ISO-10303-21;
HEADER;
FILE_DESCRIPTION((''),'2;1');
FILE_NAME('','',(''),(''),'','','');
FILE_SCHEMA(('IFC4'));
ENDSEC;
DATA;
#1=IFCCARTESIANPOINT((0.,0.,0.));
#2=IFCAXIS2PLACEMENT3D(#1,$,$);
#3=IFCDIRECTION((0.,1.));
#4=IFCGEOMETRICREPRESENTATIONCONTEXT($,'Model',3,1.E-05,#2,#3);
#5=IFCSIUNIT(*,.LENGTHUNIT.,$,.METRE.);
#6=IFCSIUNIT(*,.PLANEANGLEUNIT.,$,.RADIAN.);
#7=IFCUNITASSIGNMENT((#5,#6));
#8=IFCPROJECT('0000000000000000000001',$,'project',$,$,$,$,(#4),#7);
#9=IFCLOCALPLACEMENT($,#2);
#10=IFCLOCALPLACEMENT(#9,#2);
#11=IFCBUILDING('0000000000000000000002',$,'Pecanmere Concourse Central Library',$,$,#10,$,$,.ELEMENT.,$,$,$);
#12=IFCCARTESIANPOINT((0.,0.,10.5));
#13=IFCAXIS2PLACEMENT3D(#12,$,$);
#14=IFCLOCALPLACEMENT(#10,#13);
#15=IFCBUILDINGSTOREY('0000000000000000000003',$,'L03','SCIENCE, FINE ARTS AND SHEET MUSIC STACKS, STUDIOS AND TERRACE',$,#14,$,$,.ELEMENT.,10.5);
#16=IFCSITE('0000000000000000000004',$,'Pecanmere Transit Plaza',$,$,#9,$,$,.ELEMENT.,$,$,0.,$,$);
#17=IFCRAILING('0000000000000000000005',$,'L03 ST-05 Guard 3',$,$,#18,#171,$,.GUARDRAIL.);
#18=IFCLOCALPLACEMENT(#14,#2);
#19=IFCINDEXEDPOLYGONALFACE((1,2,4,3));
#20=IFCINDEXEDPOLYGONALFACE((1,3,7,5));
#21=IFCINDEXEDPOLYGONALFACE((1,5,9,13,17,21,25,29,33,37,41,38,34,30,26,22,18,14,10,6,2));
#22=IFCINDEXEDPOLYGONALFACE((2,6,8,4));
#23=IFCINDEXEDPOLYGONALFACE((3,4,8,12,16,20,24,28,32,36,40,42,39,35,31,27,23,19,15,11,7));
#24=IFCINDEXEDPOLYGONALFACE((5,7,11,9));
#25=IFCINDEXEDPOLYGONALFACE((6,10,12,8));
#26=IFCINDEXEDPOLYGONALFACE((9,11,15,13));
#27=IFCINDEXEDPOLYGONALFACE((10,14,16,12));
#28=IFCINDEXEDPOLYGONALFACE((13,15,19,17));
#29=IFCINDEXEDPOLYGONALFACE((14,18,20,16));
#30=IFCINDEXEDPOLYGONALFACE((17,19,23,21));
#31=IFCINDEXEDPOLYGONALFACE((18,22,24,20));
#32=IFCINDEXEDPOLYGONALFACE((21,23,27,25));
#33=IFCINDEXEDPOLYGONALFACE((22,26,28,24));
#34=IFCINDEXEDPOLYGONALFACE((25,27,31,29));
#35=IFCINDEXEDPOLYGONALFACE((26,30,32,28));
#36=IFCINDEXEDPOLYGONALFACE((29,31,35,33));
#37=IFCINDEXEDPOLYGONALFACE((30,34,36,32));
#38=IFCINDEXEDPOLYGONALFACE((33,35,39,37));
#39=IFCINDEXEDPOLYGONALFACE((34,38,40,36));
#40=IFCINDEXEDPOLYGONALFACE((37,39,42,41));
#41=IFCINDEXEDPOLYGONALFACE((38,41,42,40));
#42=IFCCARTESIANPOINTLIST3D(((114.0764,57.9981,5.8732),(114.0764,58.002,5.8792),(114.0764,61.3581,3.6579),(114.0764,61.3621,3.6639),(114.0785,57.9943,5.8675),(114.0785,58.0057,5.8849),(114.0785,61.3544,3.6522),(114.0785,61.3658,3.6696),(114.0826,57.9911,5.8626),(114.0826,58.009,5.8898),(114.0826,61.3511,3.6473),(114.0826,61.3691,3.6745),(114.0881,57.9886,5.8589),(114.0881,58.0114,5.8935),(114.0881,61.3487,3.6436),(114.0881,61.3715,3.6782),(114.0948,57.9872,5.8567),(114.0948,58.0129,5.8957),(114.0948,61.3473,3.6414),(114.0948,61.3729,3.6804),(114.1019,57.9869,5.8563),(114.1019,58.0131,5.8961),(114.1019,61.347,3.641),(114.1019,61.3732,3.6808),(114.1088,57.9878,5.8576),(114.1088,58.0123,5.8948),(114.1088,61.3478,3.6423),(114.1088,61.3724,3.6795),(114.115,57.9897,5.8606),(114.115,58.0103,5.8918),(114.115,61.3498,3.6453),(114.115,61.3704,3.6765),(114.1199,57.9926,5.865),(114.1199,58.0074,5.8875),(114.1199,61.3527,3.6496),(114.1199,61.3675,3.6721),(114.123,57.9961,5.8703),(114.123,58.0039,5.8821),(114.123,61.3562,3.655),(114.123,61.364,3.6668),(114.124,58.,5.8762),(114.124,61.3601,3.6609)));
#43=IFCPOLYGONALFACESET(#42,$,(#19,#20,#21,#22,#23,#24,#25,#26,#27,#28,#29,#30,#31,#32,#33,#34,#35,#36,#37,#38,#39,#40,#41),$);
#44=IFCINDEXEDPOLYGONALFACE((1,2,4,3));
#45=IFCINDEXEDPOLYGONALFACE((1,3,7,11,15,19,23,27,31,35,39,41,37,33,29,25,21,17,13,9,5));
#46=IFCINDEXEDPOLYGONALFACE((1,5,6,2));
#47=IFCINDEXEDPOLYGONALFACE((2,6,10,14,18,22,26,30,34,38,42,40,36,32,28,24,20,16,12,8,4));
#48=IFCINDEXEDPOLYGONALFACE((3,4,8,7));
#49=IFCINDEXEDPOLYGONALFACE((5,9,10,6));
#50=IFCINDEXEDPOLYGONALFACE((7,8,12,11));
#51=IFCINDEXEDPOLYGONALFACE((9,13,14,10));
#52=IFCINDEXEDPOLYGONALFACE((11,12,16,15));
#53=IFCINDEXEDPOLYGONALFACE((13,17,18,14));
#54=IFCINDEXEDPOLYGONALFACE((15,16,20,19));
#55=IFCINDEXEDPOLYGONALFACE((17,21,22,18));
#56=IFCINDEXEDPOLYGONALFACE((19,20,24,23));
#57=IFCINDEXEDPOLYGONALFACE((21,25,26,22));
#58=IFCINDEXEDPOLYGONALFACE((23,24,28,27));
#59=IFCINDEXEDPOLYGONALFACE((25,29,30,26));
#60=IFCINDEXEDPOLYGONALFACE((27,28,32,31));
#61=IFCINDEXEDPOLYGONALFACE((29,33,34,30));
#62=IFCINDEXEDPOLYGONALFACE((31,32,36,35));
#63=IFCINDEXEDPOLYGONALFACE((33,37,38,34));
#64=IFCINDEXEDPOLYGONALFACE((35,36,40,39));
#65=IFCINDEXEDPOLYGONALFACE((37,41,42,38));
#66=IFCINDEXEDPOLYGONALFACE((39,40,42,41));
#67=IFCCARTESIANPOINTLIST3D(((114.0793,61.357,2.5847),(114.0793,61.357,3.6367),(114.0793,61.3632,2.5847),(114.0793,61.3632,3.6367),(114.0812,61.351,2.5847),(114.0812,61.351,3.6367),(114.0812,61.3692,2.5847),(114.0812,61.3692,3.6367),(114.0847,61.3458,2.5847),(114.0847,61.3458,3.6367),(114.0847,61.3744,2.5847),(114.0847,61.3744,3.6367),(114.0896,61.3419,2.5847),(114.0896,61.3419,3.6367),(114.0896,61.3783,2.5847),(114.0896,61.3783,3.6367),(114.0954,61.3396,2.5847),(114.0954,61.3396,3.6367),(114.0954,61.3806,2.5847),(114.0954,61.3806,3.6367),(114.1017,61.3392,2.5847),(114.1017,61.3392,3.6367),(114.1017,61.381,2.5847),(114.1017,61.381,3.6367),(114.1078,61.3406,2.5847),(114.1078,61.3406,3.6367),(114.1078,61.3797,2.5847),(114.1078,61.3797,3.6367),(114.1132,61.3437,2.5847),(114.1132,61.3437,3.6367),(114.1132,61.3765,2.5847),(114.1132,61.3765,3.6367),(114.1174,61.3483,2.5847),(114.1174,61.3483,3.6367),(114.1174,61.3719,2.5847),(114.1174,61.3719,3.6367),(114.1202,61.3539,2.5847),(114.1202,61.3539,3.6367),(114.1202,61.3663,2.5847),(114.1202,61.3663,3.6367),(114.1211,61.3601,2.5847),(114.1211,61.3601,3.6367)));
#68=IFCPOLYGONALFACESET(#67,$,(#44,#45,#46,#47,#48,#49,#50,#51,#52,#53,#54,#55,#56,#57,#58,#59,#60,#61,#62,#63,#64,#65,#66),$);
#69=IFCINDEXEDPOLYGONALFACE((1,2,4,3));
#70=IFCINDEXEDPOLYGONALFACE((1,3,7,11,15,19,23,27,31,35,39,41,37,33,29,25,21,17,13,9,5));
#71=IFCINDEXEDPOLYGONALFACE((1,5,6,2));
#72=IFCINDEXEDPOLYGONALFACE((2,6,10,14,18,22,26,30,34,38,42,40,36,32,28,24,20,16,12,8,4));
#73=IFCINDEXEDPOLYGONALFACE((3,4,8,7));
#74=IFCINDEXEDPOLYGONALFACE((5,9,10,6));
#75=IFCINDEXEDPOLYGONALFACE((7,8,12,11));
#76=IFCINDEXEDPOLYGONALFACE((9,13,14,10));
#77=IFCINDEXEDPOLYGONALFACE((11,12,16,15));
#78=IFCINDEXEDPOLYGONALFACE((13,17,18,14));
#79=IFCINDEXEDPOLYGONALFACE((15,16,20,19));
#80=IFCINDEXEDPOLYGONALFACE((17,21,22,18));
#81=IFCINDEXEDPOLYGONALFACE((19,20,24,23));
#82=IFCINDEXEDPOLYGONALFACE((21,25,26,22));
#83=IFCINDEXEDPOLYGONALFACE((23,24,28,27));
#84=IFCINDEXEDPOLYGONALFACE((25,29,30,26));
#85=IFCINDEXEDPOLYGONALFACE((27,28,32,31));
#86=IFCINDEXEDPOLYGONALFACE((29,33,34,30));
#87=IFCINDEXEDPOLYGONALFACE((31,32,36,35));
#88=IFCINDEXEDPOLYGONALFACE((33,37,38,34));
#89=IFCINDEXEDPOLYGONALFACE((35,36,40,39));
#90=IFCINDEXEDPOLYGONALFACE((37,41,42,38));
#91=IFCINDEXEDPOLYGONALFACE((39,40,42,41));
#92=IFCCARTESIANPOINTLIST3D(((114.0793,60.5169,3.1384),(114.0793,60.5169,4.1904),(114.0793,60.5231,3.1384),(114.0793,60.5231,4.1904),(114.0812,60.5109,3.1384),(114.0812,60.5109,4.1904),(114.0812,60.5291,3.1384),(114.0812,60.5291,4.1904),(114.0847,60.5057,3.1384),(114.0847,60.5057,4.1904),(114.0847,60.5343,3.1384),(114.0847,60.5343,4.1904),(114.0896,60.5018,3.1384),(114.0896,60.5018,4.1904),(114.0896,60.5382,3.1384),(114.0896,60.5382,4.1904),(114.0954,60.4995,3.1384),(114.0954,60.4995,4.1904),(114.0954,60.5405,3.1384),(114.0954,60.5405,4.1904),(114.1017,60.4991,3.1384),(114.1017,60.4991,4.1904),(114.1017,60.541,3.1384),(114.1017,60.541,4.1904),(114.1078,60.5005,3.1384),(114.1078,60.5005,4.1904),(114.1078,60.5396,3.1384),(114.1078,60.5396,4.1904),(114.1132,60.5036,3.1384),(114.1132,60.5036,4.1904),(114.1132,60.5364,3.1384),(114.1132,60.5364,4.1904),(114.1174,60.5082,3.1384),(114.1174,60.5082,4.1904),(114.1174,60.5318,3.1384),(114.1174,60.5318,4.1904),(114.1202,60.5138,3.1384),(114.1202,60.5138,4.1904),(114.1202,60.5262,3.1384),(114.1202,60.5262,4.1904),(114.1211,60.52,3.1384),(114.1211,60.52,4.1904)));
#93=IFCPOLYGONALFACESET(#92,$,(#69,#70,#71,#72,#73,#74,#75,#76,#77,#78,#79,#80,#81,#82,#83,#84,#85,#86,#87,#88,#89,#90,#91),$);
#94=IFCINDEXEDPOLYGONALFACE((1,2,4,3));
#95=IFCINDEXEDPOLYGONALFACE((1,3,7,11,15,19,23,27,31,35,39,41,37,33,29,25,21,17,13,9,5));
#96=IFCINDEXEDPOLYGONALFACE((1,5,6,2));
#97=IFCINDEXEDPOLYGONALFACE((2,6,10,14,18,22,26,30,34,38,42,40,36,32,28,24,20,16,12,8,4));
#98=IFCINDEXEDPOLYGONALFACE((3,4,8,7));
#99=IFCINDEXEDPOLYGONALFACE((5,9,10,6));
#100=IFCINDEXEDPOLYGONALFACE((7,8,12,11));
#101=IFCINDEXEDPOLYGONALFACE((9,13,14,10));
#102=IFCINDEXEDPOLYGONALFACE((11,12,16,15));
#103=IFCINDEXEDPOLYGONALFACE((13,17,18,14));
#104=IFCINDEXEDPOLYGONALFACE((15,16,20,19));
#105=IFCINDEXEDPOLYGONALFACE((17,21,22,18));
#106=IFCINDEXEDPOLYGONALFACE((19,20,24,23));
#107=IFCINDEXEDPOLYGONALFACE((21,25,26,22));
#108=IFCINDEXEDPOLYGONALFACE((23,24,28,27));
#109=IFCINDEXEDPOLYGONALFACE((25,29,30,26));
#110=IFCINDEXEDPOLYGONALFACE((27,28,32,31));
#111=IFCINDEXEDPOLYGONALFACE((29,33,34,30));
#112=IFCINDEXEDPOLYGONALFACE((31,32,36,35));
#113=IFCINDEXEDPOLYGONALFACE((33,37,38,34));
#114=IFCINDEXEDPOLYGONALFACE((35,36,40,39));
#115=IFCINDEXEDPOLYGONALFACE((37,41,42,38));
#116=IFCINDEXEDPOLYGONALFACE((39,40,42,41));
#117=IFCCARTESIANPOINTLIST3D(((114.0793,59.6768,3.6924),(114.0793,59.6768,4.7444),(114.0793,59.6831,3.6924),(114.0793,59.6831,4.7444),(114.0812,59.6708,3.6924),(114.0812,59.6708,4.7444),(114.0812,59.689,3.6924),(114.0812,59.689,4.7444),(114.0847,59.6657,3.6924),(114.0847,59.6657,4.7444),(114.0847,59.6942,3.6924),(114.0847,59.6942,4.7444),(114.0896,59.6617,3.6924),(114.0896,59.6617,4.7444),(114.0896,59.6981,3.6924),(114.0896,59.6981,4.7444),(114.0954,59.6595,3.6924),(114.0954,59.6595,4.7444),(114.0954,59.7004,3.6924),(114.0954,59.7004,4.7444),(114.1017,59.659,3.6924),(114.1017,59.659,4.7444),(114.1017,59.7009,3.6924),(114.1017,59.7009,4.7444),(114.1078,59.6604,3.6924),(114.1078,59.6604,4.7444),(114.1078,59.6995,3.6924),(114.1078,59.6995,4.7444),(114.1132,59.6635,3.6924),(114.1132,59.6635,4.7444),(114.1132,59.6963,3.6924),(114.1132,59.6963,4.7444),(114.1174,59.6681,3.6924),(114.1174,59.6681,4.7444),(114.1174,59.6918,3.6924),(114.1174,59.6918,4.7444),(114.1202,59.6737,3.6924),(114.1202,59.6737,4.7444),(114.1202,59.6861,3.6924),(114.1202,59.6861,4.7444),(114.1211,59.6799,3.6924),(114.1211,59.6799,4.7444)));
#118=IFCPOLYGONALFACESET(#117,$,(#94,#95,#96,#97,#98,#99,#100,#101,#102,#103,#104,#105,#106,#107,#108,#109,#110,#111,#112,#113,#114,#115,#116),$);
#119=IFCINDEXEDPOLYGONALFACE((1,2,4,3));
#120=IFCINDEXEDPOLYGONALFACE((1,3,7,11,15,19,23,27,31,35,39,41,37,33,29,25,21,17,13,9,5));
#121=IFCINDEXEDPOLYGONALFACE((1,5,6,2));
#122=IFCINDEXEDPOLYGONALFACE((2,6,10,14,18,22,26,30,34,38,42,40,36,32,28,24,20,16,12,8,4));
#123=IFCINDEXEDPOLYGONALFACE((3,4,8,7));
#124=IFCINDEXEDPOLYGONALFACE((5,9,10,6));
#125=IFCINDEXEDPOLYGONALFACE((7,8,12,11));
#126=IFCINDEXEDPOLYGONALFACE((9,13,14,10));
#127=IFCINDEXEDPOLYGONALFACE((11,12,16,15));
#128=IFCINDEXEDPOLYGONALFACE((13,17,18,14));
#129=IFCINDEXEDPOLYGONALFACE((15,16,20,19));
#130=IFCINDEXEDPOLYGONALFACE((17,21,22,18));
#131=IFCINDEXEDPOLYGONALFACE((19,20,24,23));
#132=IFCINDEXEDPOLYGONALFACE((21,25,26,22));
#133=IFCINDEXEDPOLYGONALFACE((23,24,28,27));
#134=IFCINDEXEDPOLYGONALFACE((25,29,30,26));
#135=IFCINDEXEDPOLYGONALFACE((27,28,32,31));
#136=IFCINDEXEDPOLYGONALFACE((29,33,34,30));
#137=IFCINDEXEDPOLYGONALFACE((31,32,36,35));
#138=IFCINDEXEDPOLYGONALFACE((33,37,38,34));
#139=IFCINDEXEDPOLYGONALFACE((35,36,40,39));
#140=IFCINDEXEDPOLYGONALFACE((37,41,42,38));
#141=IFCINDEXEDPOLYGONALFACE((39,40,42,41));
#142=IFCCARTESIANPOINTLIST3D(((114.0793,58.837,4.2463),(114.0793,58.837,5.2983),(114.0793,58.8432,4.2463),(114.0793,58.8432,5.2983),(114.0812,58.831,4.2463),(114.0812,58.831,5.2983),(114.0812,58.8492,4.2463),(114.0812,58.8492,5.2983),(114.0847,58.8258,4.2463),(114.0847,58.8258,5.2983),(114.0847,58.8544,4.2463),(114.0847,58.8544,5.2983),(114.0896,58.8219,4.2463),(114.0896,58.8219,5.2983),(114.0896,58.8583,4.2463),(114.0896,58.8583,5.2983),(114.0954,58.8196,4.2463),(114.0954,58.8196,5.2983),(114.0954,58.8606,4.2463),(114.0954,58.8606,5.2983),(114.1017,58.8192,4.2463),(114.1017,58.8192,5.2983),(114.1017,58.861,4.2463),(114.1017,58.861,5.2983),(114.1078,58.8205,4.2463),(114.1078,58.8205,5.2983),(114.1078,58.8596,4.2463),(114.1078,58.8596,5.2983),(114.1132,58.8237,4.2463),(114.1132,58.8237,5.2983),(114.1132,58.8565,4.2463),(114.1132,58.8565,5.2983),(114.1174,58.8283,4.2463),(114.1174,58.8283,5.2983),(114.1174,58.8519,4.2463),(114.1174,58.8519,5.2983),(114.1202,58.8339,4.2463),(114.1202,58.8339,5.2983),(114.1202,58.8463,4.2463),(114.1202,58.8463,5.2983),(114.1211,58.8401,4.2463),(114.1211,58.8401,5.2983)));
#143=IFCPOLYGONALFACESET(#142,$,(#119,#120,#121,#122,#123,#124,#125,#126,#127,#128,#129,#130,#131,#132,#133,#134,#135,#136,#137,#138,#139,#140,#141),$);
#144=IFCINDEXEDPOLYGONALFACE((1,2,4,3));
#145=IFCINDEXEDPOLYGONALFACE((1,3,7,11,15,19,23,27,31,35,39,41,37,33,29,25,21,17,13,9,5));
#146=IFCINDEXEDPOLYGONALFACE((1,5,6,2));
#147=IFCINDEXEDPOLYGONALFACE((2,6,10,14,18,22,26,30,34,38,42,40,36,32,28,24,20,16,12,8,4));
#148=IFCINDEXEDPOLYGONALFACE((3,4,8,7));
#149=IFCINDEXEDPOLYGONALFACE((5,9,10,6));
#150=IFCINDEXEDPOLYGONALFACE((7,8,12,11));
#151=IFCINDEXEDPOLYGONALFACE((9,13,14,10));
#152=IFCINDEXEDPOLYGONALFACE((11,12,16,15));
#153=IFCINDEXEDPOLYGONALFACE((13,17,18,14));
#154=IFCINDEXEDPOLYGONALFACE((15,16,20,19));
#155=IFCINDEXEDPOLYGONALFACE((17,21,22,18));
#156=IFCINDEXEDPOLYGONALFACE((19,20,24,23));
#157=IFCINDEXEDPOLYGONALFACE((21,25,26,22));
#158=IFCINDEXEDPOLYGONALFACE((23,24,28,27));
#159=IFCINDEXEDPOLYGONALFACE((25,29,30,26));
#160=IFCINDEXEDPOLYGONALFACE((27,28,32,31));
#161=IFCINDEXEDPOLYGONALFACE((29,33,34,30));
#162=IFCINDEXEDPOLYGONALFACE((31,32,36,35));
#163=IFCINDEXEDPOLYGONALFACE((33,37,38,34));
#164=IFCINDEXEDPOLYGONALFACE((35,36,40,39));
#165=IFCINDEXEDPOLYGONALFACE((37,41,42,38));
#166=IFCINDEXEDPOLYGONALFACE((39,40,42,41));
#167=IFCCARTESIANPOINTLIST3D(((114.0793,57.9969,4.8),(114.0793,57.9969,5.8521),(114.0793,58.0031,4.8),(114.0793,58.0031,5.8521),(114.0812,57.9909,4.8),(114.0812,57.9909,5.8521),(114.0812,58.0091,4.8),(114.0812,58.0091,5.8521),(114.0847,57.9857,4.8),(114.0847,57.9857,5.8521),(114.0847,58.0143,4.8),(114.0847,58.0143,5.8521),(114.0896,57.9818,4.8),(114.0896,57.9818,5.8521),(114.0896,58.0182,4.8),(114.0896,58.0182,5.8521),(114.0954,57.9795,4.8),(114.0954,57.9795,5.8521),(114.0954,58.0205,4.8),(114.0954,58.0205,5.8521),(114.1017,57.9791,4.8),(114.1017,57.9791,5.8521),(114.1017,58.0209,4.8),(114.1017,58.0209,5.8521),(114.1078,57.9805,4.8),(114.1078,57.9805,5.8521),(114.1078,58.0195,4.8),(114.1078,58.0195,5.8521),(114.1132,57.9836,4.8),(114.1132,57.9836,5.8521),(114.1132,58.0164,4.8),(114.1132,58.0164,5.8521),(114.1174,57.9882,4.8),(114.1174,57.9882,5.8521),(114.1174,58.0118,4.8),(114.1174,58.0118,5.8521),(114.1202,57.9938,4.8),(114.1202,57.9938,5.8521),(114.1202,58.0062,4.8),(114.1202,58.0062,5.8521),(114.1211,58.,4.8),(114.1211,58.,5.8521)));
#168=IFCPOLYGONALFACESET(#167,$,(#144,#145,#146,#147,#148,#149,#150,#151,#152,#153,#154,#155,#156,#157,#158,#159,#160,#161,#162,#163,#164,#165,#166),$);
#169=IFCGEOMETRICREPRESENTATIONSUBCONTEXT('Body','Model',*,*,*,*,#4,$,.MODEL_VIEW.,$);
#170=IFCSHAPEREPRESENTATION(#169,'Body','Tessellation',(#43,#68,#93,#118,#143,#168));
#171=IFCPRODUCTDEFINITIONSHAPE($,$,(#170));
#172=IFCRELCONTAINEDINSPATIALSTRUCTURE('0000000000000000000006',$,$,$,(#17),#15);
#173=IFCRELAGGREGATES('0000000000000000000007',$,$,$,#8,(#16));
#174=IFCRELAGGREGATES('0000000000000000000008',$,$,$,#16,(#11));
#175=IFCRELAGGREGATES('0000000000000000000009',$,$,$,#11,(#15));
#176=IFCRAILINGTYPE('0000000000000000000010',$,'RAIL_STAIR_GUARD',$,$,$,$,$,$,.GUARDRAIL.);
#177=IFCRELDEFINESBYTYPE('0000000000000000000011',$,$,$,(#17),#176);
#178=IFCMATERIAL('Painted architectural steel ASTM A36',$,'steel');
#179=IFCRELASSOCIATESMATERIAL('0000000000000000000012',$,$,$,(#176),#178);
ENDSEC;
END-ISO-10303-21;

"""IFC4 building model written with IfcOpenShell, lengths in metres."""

from ifc_helpers import new_model, si_unit, direction, frame, origin, origin_2d, place, context, subcontext, project, spatial, circle, extrude, material, type_object, element, save


model = new_model("IFC4")

# Units and contexts
model_context = context("Model", 3, precision=1e-05, world=origin(), true_north=direction((0.0, 1.0)))
body_context = subcontext(model_context, "Body", "Model", "MODEL_VIEW")
ifc_project = project(units=[si_unit("LENGTHUNIT", "METRE"), si_unit("PLANEANGLEUNIT", "RADIAN")], contexts=[model_context])

# Site, building, storey
site_placement = place(None, origin())
site = spatial("IfcSite", under=ifc_project, at=site_placement, Name="Pecanmere Transit Plaza", CompositionType="ELEMENT", RefElevation=0.0)
building_placement = place(site_placement, origin())
building = spatial("IfcBuilding", under=site, at=building_placement, Name="Pecanmere Concourse Central Library", CompositionType="ELEMENT")
storey_placement = place(building_placement, frame((0.0, 0.0, 10.5)))
storey = spatial("IfcBuildingStorey", under=building, at=storey_placement, Name="L03", Description="SCIENCE, FINE ARTS AND SHEET MUSIC STACKS, STUDIOS AND TERRACE", CompositionType="ELEMENT", Elevation=10.5)

# Railing
ifc_material_1 = material(Name="Painted architectural steel ASTM A36", Category="steel")
railing_type_1 = type_object("IfcRailingType", Name="RAIL_STAIR_GUARD", PredefinedType="GUARDRAIL", material=ifc_material_1)
railing_1_placement = place(storey_placement, frame((114.1001, 61.3601, 2.5847)))
element("IfcRailing", 1, at=railing_1_placement, inside=storey, type_object=railing_type_1, Name="L03 ST-05 Guard 3", PredefinedType="GUARDRAIL", context=body_context, shape_type="SweptSolid", body=[
    extrude(circle(Radius=0.0239, at=origin_2d()), frame((0.0, 0.0, 1.0762), z_axis=(0.0, -0.834876, 0.550437), x_axis=(1.0, 0.0, 0.0)), (0.0, 0.0, 1.0), 4.0247),
    extrude(circle(Radius=0.021, at=origin_2d()), origin(), (0.0, 0.0, 1.0), 1.052),
    extrude(circle(Radius=0.021, at=origin_2d()), frame((0.0, -0.8401, 0.5537)), (0.0, 0.0, 1.0), 1.052),
    extrude(circle(Radius=0.021, at=origin_2d()), frame((0.0, -1.6802, 1.1077)), (0.0, 0.0, 1.0), 1.052),
    extrude(circle(Radius=0.021, at=origin_2d()), frame((0.0, -2.52, 1.6616)), (0.0, 0.0, 1.0), 1.052),
    extrude(circle(Radius=0.021, at=origin_2d()), frame((0.0, -3.3601, 2.2153)), (0.0, 0.0, 1.0), 1.052),
])

save(model, "model.ifc")
